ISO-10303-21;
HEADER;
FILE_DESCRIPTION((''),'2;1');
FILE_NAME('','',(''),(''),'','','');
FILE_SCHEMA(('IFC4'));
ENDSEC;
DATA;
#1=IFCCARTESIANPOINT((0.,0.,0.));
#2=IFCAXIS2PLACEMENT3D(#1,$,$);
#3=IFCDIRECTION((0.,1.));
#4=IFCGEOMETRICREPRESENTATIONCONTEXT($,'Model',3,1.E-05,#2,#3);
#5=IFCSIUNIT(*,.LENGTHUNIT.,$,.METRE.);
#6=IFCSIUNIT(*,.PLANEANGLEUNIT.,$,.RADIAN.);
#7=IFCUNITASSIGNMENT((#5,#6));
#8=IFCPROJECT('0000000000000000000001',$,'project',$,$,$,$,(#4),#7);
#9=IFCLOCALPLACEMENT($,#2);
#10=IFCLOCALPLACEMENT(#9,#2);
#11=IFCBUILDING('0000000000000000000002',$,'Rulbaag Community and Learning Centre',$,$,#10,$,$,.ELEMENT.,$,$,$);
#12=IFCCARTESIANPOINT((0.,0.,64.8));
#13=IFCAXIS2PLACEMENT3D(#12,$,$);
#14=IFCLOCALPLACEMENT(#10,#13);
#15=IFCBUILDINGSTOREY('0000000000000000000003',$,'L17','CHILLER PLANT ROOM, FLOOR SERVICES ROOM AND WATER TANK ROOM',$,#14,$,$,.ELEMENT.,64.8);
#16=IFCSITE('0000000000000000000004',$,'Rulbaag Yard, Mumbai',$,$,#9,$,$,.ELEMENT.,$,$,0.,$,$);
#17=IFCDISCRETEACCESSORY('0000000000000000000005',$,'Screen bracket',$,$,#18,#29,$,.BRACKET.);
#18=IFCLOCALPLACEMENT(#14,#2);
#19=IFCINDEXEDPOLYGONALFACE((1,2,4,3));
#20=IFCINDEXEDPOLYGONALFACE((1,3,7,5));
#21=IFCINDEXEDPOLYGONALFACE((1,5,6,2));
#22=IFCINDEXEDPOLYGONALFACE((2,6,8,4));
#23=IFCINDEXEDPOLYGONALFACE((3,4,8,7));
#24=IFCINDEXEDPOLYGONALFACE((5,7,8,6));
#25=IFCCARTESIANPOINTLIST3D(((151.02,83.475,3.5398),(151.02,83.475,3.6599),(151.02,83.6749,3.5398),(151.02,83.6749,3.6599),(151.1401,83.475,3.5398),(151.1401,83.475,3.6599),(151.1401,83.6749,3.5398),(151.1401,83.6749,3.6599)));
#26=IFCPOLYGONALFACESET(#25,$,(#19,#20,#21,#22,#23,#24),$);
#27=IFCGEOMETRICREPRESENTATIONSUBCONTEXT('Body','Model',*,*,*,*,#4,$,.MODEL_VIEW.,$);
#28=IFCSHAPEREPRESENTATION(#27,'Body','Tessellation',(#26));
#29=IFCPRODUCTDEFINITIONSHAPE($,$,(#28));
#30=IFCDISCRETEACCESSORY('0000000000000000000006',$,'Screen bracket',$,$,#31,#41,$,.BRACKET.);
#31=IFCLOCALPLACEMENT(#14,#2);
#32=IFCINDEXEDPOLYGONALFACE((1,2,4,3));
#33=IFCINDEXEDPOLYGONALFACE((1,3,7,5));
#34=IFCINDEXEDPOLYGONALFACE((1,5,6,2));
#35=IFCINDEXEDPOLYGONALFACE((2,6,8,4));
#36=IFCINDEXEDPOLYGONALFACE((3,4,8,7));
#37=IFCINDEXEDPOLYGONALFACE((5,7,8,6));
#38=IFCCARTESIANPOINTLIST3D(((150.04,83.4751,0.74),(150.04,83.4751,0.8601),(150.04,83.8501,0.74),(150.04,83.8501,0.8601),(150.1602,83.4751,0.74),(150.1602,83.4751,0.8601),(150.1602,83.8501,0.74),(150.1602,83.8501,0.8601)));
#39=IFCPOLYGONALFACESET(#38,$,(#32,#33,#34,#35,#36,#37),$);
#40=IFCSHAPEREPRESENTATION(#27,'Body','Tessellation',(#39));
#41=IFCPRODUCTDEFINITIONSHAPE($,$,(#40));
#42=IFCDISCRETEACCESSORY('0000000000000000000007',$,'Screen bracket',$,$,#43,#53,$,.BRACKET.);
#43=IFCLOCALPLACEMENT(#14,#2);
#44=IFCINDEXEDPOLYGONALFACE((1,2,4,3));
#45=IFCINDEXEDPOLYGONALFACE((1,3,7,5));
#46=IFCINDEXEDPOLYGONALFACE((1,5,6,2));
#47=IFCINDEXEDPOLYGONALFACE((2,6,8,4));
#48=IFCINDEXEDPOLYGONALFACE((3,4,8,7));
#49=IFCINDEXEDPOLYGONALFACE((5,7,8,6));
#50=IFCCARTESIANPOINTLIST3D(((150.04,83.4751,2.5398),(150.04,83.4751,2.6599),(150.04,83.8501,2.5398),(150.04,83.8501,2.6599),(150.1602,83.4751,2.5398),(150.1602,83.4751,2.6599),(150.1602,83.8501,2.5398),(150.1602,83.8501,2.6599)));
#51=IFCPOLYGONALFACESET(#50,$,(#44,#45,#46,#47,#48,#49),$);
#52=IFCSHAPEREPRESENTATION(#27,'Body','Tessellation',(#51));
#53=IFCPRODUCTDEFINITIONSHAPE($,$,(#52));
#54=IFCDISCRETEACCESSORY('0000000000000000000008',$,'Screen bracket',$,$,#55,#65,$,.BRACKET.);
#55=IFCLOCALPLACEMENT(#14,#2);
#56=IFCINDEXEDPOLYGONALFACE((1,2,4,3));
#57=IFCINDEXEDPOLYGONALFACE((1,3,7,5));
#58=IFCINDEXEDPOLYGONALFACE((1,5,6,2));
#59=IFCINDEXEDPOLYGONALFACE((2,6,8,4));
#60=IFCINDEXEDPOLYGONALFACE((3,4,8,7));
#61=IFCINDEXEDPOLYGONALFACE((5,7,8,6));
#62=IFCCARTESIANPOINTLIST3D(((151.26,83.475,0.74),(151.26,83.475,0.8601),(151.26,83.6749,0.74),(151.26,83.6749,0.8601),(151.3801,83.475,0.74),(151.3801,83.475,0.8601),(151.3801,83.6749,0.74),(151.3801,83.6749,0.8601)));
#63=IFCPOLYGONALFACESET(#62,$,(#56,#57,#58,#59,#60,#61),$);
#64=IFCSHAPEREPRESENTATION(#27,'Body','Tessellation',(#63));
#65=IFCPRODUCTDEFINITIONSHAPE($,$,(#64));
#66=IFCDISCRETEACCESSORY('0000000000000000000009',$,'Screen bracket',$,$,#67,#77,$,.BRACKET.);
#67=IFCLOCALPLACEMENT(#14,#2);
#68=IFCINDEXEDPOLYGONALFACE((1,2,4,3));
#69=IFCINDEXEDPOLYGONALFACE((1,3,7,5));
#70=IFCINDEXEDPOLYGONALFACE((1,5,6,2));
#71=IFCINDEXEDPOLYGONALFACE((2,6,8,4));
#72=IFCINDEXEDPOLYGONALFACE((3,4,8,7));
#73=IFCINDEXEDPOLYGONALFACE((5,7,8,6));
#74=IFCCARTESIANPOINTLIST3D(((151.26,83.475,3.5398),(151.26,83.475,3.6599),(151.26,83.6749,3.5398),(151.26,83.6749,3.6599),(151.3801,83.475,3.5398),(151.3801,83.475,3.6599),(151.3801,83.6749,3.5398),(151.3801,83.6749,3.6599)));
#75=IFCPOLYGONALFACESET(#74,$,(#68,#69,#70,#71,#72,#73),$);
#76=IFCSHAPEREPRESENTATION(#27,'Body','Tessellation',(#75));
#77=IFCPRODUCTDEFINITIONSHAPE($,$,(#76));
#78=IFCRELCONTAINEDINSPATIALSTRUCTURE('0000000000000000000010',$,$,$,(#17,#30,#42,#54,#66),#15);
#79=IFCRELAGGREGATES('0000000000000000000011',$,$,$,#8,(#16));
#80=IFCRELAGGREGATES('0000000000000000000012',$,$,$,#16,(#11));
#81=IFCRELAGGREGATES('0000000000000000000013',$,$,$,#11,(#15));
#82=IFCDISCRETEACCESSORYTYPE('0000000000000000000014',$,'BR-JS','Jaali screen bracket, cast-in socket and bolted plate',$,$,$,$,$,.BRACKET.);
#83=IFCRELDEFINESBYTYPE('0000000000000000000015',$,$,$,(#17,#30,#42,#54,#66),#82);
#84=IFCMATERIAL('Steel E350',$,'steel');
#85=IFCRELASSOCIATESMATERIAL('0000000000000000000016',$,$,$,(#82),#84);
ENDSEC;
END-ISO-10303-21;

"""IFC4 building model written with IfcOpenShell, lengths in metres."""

from ifc_helpers import new_model, si_unit, direction, frame, origin, origin_2d, place, context, subcontext, project, spatial, rectangle, extrude, material, type_object, element, save


model = new_model("IFC4")

# Units and contexts
model_context = context("Model", 3, precision=1e-05, world=origin(), true_north=direction((0.0, 1.0)))
body_context = subcontext(model_context, "Body", "Model", "MODEL_VIEW")
ifc_project = project(units=[si_unit("LENGTHUNIT", "METRE"), si_unit("PLANEANGLEUNIT", "RADIAN")], contexts=[model_context])

# Site, building, storey
site_placement = place(None, origin())
site = spatial("IfcSite", under=ifc_project, at=site_placement, Name="Rulbaag Yard, Mumbai", CompositionType="ELEMENT", RefElevation=0.0)
building_placement = place(site_placement, origin())
building = spatial("IfcBuilding", under=site, at=building_placement, Name="Rulbaag Community and Learning Centre", CompositionType="ELEMENT")
storey_placement = place(building_placement, frame((0.0, 0.0, 64.8)))
storey = spatial("IfcBuildingStorey", under=building, at=storey_placement, Name="L17", Description="CHILLER PLANT ROOM, FLOOR SERVICES ROOM AND WATER TANK ROOM", CompositionType="ELEMENT", Elevation=64.8)

# Discrete accessories
ifc_material_1 = material(Name="Steel E350", Category="steel")
discrete_accessory_type_1 = type_object("IfcDiscreteAccessoryType", Name="BR-JS", Description="Jaali screen bracket, cast-in socket and bolted plate", PredefinedType="BRACKET", material=ifc_material_1)
for number, where, z_axis, x_axis, name in (
    (1, (151.0801, 83.575, 3.5398), (0.0, 0.0, 1.0), (1.0, 0.0, 0.0), "Screen bracket"),
):
    element("IfcDiscreteAccessory", number, at=place(storey_placement, frame(where, z_axis=z_axis, x_axis=x_axis)), inside=storey, type_object=discrete_accessory_type_1, Name=name, PredefinedType="BRACKET", context=body_context, shape_type="SweptSolid", body=[
        extrude(rectangle(XDim=0.1201, YDim=0.2, at=origin_2d()), origin(), (0.0, 0.0, 1.0), 0.1201),
    ])
for number, where, z_axis, x_axis, name in (
    (2, (150.1001, 83.6626, 0.74), (0.0, 0.0, 1.0), (1.0, 0.0, 0.0), "Screen bracket"),
    (3, (150.1001, 83.6626, 2.5398), (0.0, 0.0, 1.0), (1.0, 0.0, 0.0), "Screen bracket"),
):
    element("IfcDiscreteAccessory", number, at=place(storey_placement, frame(where, z_axis=z_axis, x_axis=x_axis)), inside=storey, type_object=discrete_accessory_type_1, Name=name, PredefinedType="BRACKET", context=body_context, shape_type="SweptSolid", body=[
        extrude(rectangle(XDim=0.1201, YDim=0.375, at=origin_2d()), origin(), (0.0, 0.0, 1.0), 0.1201),
    ])
for number, where, z_axis, x_axis, name in (
    (4, (151.3201, 83.575, 0.74), (0.0, 0.0, 1.0), (1.0, 0.0, 0.0), "Screen bracket"),
    (5, (151.3201, 83.575, 3.5398), (0.0, 0.0, 1.0), (1.0, 0.0, 0.0), "Screen bracket"),
):
    element("IfcDiscreteAccessory", number, at=place(storey_placement, frame(where, z_axis=z_axis, x_axis=x_axis)), inside=storey, type_object=discrete_accessory_type_1, Name=name, PredefinedType="BRACKET", context=body_context, shape_type="SweptSolid", body=[
        extrude(rectangle(XDim=0.1201, YDim=0.2, at=origin_2d()), origin(), (0.0, 0.0, 1.0), 0.1201),
    ])

save(model, "model.ifc")
